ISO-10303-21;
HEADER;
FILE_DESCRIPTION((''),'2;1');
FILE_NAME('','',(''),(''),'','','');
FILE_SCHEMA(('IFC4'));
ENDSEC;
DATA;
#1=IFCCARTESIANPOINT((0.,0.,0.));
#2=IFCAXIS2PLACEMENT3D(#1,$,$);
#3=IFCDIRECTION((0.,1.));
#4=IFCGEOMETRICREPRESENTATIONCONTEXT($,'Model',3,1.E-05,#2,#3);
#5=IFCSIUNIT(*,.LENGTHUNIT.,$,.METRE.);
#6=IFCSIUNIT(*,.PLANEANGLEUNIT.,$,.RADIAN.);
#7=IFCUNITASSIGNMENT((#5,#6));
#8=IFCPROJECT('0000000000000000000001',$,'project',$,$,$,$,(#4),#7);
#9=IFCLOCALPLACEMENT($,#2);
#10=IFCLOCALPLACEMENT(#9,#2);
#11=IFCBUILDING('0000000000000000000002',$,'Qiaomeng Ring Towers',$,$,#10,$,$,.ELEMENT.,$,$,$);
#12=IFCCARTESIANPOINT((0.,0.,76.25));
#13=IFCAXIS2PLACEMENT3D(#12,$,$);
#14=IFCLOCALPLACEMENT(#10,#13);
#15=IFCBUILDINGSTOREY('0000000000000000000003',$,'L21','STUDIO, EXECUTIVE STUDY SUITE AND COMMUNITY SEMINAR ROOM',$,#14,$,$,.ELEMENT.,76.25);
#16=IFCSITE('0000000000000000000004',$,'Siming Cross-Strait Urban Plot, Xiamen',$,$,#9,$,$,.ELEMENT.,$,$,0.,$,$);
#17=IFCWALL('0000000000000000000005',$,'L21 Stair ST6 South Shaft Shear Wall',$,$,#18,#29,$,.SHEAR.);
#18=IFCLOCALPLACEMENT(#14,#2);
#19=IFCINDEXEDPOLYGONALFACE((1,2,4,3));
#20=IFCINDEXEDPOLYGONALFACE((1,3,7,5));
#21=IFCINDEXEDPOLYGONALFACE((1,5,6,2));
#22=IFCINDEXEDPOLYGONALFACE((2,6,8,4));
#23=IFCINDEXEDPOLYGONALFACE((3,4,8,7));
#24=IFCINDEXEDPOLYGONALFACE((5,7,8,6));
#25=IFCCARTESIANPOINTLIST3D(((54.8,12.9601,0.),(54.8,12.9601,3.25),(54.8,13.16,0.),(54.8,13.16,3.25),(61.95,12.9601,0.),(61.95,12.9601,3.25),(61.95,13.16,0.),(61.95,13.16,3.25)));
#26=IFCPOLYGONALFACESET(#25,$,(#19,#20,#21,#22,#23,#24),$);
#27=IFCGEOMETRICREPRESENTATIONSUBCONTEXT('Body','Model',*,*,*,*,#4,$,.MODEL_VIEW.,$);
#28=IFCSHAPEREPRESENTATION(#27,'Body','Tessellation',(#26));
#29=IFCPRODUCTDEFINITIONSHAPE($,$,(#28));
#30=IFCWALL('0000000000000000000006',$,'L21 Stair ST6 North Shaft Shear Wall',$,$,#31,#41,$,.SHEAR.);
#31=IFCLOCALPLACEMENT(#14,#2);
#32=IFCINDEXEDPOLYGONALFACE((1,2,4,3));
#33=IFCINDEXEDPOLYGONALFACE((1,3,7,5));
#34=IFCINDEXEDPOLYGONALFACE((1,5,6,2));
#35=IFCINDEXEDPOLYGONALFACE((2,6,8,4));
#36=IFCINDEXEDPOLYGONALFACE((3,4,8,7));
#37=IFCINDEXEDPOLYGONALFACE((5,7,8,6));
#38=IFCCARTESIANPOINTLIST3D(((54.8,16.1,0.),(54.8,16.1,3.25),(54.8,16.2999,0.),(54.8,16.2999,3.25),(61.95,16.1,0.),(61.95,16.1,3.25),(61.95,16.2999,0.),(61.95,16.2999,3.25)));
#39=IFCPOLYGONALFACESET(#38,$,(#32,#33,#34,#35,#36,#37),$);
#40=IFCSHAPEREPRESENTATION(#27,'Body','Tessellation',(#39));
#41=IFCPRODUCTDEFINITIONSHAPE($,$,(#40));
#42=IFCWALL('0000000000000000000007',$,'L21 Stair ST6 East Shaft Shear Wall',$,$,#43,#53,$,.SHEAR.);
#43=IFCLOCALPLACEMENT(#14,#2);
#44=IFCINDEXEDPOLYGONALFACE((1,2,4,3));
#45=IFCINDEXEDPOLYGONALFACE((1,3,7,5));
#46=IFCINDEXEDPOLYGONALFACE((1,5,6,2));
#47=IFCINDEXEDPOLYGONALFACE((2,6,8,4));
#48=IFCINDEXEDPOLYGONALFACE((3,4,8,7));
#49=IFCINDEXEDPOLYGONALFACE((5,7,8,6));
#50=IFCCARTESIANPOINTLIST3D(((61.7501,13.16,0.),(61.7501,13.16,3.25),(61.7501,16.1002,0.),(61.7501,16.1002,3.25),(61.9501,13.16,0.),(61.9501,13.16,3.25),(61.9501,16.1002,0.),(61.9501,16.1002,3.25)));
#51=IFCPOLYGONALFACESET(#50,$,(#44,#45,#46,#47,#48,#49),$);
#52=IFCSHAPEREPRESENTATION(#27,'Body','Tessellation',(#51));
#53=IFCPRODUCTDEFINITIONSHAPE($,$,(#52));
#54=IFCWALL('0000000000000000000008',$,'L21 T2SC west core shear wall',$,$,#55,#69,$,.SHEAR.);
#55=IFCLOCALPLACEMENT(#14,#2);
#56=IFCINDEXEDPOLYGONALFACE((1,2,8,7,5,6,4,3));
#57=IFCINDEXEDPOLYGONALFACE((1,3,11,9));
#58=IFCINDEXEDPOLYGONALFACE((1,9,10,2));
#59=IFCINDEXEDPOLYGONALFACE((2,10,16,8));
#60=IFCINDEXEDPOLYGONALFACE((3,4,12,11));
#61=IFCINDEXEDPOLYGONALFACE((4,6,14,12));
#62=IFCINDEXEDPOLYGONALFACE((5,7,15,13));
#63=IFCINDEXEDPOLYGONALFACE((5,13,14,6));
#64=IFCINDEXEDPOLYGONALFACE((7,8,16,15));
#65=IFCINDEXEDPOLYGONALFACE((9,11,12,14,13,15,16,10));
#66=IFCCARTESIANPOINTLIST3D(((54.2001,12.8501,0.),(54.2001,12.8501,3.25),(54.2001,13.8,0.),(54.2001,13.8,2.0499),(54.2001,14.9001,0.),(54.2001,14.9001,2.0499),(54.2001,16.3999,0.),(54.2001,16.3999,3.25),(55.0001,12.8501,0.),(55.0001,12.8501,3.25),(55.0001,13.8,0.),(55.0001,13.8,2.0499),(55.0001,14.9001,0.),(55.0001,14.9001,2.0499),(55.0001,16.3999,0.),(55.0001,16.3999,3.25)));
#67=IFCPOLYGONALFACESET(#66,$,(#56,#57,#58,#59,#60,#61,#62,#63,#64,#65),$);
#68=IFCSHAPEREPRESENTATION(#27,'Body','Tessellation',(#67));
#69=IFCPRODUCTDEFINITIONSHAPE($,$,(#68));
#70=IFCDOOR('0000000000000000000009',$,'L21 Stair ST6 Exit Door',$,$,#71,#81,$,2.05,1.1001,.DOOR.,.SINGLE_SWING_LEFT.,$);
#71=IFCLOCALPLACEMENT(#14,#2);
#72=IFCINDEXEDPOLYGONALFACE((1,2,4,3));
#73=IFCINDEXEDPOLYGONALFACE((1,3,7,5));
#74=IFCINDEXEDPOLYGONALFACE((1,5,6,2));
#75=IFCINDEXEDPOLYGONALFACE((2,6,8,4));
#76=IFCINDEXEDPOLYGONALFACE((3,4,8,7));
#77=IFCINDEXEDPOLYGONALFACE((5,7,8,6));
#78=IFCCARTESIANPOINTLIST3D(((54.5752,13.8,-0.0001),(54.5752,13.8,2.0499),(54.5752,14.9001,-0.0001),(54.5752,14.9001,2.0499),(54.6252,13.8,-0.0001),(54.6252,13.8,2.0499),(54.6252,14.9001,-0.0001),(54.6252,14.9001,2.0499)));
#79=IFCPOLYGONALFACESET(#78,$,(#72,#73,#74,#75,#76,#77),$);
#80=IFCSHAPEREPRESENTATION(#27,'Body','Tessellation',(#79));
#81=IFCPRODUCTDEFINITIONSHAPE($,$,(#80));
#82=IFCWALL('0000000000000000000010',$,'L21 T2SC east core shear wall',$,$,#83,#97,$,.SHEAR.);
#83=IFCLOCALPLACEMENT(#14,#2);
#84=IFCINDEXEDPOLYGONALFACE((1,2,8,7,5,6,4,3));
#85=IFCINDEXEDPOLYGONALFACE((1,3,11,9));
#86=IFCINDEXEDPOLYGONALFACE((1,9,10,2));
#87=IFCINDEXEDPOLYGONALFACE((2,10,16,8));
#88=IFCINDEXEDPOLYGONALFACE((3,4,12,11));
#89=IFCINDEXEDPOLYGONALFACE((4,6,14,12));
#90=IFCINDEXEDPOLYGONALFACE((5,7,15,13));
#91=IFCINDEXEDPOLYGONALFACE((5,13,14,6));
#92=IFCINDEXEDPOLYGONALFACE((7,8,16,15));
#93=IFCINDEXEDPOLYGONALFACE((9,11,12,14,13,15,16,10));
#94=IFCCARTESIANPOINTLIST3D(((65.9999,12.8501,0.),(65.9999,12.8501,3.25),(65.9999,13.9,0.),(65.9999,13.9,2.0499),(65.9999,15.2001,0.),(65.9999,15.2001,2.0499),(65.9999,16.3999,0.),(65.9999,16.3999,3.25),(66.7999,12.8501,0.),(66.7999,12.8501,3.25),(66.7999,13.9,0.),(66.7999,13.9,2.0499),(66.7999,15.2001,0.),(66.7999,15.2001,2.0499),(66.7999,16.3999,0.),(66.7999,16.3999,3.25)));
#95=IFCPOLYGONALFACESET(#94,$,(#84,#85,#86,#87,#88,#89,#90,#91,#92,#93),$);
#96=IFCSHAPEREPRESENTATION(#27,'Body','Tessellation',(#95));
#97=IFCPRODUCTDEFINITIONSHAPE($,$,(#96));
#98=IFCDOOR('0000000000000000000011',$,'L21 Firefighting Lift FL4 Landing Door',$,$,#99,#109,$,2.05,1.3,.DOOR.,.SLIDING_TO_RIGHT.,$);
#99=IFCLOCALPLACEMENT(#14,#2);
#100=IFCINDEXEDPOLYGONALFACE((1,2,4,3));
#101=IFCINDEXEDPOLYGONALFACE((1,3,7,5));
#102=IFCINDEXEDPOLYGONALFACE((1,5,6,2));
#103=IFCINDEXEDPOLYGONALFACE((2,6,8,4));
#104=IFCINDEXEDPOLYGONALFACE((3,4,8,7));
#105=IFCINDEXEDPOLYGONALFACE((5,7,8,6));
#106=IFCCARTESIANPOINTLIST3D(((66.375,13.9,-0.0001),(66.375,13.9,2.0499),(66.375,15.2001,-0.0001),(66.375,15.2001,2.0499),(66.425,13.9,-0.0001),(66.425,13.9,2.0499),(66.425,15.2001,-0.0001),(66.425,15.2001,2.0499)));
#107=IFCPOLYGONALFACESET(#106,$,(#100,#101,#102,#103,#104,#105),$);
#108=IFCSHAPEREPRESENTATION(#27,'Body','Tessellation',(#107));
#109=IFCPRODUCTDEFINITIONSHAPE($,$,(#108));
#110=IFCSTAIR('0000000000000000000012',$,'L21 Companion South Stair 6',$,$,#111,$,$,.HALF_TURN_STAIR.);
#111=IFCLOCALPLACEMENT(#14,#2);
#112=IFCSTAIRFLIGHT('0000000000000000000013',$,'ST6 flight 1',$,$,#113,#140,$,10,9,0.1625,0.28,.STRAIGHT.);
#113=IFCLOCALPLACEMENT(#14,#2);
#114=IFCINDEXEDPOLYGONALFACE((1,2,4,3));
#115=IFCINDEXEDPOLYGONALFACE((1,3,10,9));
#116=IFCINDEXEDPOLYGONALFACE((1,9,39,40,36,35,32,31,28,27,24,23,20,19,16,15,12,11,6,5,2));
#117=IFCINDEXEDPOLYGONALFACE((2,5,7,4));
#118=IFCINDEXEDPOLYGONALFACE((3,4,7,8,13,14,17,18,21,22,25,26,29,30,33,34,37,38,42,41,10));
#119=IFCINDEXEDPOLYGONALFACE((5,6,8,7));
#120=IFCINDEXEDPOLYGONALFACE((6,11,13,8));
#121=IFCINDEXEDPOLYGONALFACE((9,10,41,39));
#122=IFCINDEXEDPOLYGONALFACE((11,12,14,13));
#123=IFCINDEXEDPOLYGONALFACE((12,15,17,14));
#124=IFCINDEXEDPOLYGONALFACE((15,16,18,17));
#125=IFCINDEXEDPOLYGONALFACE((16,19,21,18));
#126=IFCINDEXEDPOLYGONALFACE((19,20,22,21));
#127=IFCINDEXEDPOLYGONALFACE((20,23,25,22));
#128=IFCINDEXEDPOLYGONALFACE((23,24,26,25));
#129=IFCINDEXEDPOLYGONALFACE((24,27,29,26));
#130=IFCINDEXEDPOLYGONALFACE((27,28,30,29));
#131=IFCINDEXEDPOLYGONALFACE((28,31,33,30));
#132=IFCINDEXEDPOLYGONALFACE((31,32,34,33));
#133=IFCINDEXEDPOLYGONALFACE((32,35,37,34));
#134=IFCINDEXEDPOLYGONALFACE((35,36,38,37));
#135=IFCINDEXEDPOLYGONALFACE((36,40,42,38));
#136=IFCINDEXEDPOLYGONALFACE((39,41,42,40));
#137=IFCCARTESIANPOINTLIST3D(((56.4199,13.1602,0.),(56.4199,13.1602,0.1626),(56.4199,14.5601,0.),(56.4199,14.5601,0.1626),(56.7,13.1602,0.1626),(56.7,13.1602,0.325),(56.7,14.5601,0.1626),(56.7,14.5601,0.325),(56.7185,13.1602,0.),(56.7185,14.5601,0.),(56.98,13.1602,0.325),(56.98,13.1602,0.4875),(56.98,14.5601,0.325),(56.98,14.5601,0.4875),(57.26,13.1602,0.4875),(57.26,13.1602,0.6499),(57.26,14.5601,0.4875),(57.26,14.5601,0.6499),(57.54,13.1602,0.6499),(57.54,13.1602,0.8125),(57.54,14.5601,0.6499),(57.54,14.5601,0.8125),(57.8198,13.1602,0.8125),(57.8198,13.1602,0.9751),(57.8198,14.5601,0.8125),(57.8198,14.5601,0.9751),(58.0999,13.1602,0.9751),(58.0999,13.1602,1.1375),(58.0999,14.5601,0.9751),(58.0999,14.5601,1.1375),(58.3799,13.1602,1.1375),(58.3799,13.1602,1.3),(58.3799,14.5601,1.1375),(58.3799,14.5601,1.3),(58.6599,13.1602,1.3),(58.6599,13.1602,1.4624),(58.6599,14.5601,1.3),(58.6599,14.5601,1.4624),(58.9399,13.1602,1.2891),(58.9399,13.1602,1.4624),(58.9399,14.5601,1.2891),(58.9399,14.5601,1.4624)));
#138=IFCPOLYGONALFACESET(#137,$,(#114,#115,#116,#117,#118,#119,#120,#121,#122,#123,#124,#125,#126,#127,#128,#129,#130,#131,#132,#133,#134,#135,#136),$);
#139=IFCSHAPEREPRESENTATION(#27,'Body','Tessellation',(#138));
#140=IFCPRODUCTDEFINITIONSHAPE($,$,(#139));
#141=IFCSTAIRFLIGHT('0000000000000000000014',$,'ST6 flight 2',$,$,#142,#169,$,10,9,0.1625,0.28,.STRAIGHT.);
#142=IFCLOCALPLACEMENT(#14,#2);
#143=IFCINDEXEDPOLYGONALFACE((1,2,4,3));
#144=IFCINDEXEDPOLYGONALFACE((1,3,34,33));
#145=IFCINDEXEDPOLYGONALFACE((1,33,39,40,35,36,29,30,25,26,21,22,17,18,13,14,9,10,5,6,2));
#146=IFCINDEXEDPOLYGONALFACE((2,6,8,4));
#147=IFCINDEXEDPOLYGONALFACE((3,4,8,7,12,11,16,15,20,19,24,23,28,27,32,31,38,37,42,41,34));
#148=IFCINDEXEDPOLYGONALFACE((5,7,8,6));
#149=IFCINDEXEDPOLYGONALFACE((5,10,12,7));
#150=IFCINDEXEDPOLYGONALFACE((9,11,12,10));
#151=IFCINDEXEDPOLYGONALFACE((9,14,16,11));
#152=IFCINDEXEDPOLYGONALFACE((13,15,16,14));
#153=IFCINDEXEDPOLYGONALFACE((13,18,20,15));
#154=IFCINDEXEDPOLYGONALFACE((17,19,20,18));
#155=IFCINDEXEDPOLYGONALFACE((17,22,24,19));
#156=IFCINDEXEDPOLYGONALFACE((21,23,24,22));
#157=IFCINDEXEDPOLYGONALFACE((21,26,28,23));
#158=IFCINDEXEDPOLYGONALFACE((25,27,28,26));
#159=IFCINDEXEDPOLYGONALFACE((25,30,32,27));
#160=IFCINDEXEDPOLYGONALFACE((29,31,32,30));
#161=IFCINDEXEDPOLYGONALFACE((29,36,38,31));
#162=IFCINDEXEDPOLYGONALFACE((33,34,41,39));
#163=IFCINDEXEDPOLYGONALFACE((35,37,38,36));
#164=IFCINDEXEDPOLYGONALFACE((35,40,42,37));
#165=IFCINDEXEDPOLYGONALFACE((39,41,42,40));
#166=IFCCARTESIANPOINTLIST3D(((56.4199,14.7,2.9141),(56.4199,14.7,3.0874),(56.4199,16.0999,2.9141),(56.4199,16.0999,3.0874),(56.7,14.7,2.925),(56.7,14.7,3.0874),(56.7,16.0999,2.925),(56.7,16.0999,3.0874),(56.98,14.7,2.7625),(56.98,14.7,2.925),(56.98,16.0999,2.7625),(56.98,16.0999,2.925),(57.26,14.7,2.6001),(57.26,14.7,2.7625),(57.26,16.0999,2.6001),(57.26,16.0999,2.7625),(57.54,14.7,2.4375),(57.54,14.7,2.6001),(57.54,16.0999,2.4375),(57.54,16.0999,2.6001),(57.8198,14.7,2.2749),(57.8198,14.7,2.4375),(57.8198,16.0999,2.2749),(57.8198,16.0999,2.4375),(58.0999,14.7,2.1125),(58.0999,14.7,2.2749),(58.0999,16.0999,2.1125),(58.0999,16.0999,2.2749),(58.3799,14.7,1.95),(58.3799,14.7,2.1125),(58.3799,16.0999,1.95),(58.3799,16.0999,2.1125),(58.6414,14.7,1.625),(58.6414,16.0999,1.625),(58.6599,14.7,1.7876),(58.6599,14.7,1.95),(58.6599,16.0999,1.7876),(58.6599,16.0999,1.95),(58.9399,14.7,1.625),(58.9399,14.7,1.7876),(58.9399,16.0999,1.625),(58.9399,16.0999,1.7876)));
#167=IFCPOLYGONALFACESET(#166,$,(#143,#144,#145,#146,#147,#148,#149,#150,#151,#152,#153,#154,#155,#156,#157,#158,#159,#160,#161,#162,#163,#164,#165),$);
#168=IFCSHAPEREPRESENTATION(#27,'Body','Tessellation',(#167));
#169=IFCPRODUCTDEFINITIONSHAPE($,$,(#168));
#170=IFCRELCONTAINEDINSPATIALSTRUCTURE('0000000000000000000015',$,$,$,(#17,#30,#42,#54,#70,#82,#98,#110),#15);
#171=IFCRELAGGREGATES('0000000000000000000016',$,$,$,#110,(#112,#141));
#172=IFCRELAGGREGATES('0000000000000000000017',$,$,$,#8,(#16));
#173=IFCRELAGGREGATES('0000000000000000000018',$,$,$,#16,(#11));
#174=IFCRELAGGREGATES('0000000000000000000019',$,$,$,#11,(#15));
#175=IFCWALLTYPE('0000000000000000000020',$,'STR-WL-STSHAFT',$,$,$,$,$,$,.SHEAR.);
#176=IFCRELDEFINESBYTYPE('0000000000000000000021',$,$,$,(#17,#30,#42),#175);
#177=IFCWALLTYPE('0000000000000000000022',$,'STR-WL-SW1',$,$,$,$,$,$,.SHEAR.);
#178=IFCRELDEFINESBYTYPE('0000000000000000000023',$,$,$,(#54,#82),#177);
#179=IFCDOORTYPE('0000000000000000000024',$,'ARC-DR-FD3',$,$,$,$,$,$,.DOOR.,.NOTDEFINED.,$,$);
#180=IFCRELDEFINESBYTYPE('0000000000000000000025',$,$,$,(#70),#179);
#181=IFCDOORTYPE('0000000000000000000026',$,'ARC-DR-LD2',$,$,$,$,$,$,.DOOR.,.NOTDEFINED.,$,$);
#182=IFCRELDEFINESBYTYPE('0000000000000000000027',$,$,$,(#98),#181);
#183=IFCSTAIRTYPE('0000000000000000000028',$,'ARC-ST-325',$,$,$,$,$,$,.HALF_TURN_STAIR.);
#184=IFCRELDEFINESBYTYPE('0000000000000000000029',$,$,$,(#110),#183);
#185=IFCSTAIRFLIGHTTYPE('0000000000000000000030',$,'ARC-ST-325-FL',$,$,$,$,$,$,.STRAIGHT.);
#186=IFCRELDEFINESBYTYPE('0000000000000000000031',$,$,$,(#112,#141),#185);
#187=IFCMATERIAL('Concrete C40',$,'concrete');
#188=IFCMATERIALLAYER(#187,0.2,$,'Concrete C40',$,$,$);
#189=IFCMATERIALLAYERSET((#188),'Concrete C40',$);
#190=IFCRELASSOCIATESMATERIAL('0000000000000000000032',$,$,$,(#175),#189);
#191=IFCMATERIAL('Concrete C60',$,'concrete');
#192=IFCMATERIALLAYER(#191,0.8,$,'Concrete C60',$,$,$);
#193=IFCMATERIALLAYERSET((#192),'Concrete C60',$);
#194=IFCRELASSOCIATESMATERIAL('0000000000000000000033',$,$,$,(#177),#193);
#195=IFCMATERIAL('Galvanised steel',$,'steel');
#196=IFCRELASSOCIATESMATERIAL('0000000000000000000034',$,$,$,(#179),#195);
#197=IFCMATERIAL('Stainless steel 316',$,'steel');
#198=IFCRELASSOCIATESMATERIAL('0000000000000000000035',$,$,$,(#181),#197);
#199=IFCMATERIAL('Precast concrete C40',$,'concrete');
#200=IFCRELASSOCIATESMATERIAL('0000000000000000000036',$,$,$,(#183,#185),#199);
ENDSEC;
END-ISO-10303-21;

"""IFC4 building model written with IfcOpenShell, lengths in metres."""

from ifc_helpers import new_model, si_unit, direction, frame, frame_2d, origin, place, context, subcontext, project, spatial, polyline, rectangle, outline, extrude, source, transform, mapped, material, layer, layer_set, type_object, element, fill, aggregate, save


model = new_model("IFC4")

# Units and contexts
model_context = context("Model", 3, precision=1e-05, world=origin(), true_north=direction((0.0, 1.0)))
body_context = subcontext(model_context, "Body", "Model", "MODEL_VIEW")
ifc_project = project(units=[si_unit("LENGTHUNIT", "METRE"), si_unit("PLANEANGLEUNIT", "RADIAN")], contexts=[model_context])

# Site, building, storey
site_placement = place(None, origin())
site = spatial("IfcSite", under=ifc_project, at=site_placement, Name="Siming Cross-Strait Urban Plot, Xiamen", CompositionType="ELEMENT", RefElevation=0.0)
building_placement = place(site_placement, origin())
building = spatial("IfcBuilding", under=site, at=building_placement, Name="Qiaomeng Ring Towers", CompositionType="ELEMENT")
storey_placement = place(building_placement, frame((0.0, 0.0, 76.25)))
storey = spatial("IfcBuildingStorey", under=building, at=storey_placement, Name="L21", Description="STUDIO, EXECUTIVE STUDY SUITE AND COMMUNITY SEMINAR ROOM", CompositionType="ELEMENT", Elevation=76.25)

# Walls
ifc_material_1 = material(Name="Concrete C40", Category="concrete")
ifc_layer_1 = layer(ifc_material_1, 0.2, Name="Concrete C40")
ifc_layer_set_1 = layer_set([ifc_layer_1], Name="Concrete C40")
wall_type_1 = type_object("IfcWallType", Name="STR-WL-STSHAFT", PredefinedType="SHEAR", material=ifc_layer_set_1)
for number, where, z_axis, x_axis, name in (
    (1, (54.8, 13.0601, 0.0), (0.0, 0.0, 1.0), (1.0, 0.0, 0.0), "L21 Stair ST6 South Shaft Shear Wall"),
    (2, (54.8, 16.2, 0.0), (0.0, 0.0, 1.0), (1.0, 0.0, 0.0), "L21 Stair ST6 North Shaft Shear Wall"),
):
    element("IfcWall", number, at=place(storey_placement, frame(where, z_axis=z_axis, x_axis=x_axis)), inside=storey, type_object=wall_type_1, Name=name, PredefinedType="SHEAR", context=body_context, shape_type="SweptSolid", body=[
        extrude(rectangle(XDim=7.1499, YDim=0.2, at=frame_2d((3.575, 0.0))), origin(), (0.0, 0.0, 1.0), 3.25),
    ])
wall_1_placement = place(storey_placement, frame((61.8501, 13.1599, 0.0), z_axis=(0.0, 0.0, 1.0), x_axis=(0.0, 1.0, 0.0)))
element("IfcWall", 3, at=wall_1_placement, inside=storey, type_object=wall_type_1, Name="L21 Stair ST6 East Shaft Shear Wall", PredefinedType="SHEAR", context=body_context, shape_type="SweptSolid", body=[
    extrude(rectangle(XDim=2.9402, YDim=0.2, at=frame_2d((1.4702, 0.0))), origin(), (0.0, 0.0, 1.0), 3.25),
])

# Walls, openings, doors
ifc_material_2 = material(Name="Concrete C60", Category="concrete")
ifc_layer_2 = layer(ifc_material_2, 0.8, Name="Concrete C60")
ifc_layer_set_2 = layer_set([ifc_layer_2], Name="Concrete C60")
wall_type_2 = type_object("IfcWallType", Name="STR-WL-SW1", PredefinedType="SHEAR", material=ifc_layer_set_2)
wall_2_placement = place(storey_placement, frame((54.6001, 12.8501, 0.0), z_axis=(0.0, 0.0, 1.0), x_axis=(0.0, 1.0, 0.0)))
wall_2 = element("IfcWall", 4, at=wall_2_placement, inside=storey, type_object=wall_type_2, Name="L21 T2SC west core shear wall", PredefinedType="SHEAR", context=body_context, shape_type="SweptSolid", body=[
    extrude(rectangle(XDim=3.5498, YDim=0.8, at=frame_2d((1.7749, 0.0))), origin(), (0.0, 0.0, 1.0), 3.25),
])
opening_1_placement = place(wall_2_placement, frame((0.95, 0.0, 0.0)))
opening_1 = element("IfcOpeningElement", 5, at=opening_1_placement, cuts=wall_2, PredefinedType="OPENING", context=body_context, shape_type="SweptSolid", body=[
    extrude(rectangle(XDim=1.1001, YDim=2.05, at=frame_2d((0.55, 1.0249))), frame((0.0, 0.4099, 0.0), z_axis=(0.0, -1.0, 0.0), x_axis=(1.0, 0.0, 0.0)), (0.0, 0.0, 1.0), 0.8201),
])
ifc_material_3 = material(Name="Galvanised steel", Category="steel")
door_type_1 = type_object("IfcDoorType", Name="ARC-DR-FD3", OperationType="NOTDEFINED", PredefinedType="DOOR", material=ifc_material_3)
shared_shape_1 = source(origin(), body_context, "Body", "SweptSolid", [
    extrude(rectangle(XDim=1.1001, YDim=2.05, at=frame_2d((0.55, 1.0249))), frame((0.0, 0.0249, 0.0), z_axis=(0.0, -1.0, 0.0), x_axis=(1.0, 0.0, 0.0)), (0.0, 0.0, 1.0), 0.05),
])
door_1_placement = place(opening_1_placement, origin())
door_1 = element("IfcDoor", 6, at=door_1_placement, inside=storey, type_object=door_type_1, Name="L21 Stair ST6 Exit Door", OperationType="SINGLE_SWING_LEFT", OverallHeight=2.05, OverallWidth=1.1001, PredefinedType="DOOR", context=body_context, shape_type="MappedRepresentation", body=[
    mapped(shared_shape_1, transform((0.0, 0.0, 0.0), x_axis=(1.0, 0.0, 0.0), y_axis=(0.0, 1.0, 0.0), z_axis=(0.0, 0.0, 1.0), scale=1.0)),
])
fill(opening_1, door_1)
wall_3_placement = place(storey_placement, frame((66.3999, 12.8501, 0.0), z_axis=(0.0, 0.0, 1.0), x_axis=(0.0, 1.0, 0.0)))
wall_3 = element("IfcWall", 7, at=wall_3_placement, inside=storey, type_object=wall_type_2, Name="L21 T2SC east core shear wall", PredefinedType="SHEAR", context=body_context, shape_type="SweptSolid", body=[
    extrude(rectangle(XDim=3.5498, YDim=0.8, at=frame_2d((1.7749, 0.0))), origin(), (0.0, 0.0, 1.0), 3.25),
])
opening_2_placement = place(wall_3_placement, frame((1.05, 0.0, 0.0)))
opening_2 = element("IfcOpeningElement", 8, at=opening_2_placement, cuts=wall_3, PredefinedType="OPENING", context=body_context, shape_type="SweptSolid", body=[
    extrude(rectangle(XDim=1.3, YDim=2.05, at=frame_2d((0.6499, 1.0249))), frame((0.0, 0.4099, 0.0), z_axis=(0.0, -1.0, 0.0), x_axis=(1.0, 0.0, 0.0)), (0.0, 0.0, 1.0), 0.8201),
])
ifc_material_4 = material(Name="Stainless steel 316", Category="steel")
door_type_2 = type_object("IfcDoorType", Name="ARC-DR-LD2", OperationType="NOTDEFINED", PredefinedType="DOOR", material=ifc_material_4)
shared_shape_2 = source(origin(), body_context, "Body", "SweptSolid", [
    extrude(rectangle(XDim=1.3, YDim=2.05, at=frame_2d((0.6499, 1.0249))), frame((0.0, 0.0249, 0.0), z_axis=(0.0, -1.0, 0.0), x_axis=(1.0, 0.0, 0.0)), (0.0, 0.0, 1.0), 0.05),
])
door_2_placement = place(opening_2_placement, origin())
door_2 = element("IfcDoor", 9, at=door_2_placement, inside=storey, type_object=door_type_2, Name="L21 Firefighting Lift FL4 Landing Door", OperationType="SLIDING_TO_RIGHT", OverallHeight=2.05, OverallWidth=1.3, PredefinedType="DOOR", context=body_context, shape_type="MappedRepresentation", body=[
    mapped(shared_shape_2, transform((0.0, 0.0, 0.0), x_axis=(1.0, 0.0, 0.0), y_axis=(0.0, 1.0, 0.0), z_axis=(0.0, 0.0, 1.0), scale=1.0)),
])
fill(opening_2, door_2)

# Stair, stair flights
ifc_material_5 = material(Name="Precast concrete C40", Category="concrete")
stair_type = type_object("IfcStairType", Name="ARC-ST-325", PredefinedType="HALF_TURN_STAIR", material=ifc_material_5)
stair_placement = place(storey_placement, origin())
stair = element("IfcStair", 10, at=stair_placement, inside=storey, type_object=stair_type, Name="L21 Companion South Stair 6", PredefinedType="HALF_TURN_STAIR")
stair_flight_type = type_object("IfcStairFlightType", Name="ARC-ST-325-FL", PredefinedType="STRAIGHT", material=ifc_material_5)
shared_shape_3 = source(origin(), body_context, "Body", "SweptSolid", [
    extrude(outline(polyline([(0.0, 0.0), (0.0, 0.1626), (0.28, 0.1626), (0.28, 0.325), (0.5601, 0.325), (0.5601, 0.4875), (0.8401, 0.4875), (0.8401, 0.6499), (1.1201, 0.6499), (1.1201, 0.8125), (1.3999, 0.8125), (1.3999, 0.9751), (1.6799, 0.9751), (1.6799, 1.1375), (1.96, 1.1375), (1.96, 1.3), (2.24, 1.3), (2.24, 1.4624), (2.52, 1.4624), (2.52, 1.625), (2.52, 1.2891), (0.2986, 0.0), (0.0, 0.0)])), frame((0.0, 0.7, 0.0), z_axis=(0.0, -1.0, 0.0), x_axis=(1.0, 0.0, 0.0)), (0.0, 0.0, 1.0), 1.3999),
])
stair_flight_1_placement = place(storey_placement, frame((56.4199, 13.8601, 0.0), z_axis=(0.0, 0.0, 1.0), x_axis=(1.0, 0.0, 0.0)))
stair_flight_1 = element("IfcStairFlight", 11, at=stair_flight_1_placement, type_object=stair_flight_type, Name="ST6 flight 1", NumberOfRisers=10, NumberOfTreads=9, PredefinedType="STRAIGHT", RiserHeight=0.1625, TreadLength=0.28, context=body_context, shape_type="MappedRepresentation", body=[
    mapped(shared_shape_3, transform((0.0, 0.0, 0.0), x_axis=(1.0, 0.0, 0.0), y_axis=(0.0, 1.0, 0.0), z_axis=(0.0, 0.0, 1.0), scale=1.0)),
])
stair_flight_2_placement = place(storey_placement, frame((58.9399, 15.3999, 1.625), z_axis=(0.0, 0.0, 1.0), x_axis=(-1.0, 0.0, 0.0)))
stair_flight_2 = element("IfcStairFlight", 12, at=stair_flight_2_placement, type_object=stair_flight_type, Name="ST6 flight 2", NumberOfRisers=10, NumberOfTreads=9, PredefinedType="STRAIGHT", RiserHeight=0.1625, TreadLength=0.28, context=body_context, shape_type="MappedRepresentation", body=[
    mapped(shared_shape_3, transform((0.0, 0.0, 0.0), x_axis=(1.0, 0.0, 0.0), y_axis=(0.0, 1.0, 0.0), z_axis=(0.0, 0.0, 1.0), scale=1.0)),
])
aggregate(stair, [stair_flight_1, stair_flight_2])

save(model, "model.ifc")
